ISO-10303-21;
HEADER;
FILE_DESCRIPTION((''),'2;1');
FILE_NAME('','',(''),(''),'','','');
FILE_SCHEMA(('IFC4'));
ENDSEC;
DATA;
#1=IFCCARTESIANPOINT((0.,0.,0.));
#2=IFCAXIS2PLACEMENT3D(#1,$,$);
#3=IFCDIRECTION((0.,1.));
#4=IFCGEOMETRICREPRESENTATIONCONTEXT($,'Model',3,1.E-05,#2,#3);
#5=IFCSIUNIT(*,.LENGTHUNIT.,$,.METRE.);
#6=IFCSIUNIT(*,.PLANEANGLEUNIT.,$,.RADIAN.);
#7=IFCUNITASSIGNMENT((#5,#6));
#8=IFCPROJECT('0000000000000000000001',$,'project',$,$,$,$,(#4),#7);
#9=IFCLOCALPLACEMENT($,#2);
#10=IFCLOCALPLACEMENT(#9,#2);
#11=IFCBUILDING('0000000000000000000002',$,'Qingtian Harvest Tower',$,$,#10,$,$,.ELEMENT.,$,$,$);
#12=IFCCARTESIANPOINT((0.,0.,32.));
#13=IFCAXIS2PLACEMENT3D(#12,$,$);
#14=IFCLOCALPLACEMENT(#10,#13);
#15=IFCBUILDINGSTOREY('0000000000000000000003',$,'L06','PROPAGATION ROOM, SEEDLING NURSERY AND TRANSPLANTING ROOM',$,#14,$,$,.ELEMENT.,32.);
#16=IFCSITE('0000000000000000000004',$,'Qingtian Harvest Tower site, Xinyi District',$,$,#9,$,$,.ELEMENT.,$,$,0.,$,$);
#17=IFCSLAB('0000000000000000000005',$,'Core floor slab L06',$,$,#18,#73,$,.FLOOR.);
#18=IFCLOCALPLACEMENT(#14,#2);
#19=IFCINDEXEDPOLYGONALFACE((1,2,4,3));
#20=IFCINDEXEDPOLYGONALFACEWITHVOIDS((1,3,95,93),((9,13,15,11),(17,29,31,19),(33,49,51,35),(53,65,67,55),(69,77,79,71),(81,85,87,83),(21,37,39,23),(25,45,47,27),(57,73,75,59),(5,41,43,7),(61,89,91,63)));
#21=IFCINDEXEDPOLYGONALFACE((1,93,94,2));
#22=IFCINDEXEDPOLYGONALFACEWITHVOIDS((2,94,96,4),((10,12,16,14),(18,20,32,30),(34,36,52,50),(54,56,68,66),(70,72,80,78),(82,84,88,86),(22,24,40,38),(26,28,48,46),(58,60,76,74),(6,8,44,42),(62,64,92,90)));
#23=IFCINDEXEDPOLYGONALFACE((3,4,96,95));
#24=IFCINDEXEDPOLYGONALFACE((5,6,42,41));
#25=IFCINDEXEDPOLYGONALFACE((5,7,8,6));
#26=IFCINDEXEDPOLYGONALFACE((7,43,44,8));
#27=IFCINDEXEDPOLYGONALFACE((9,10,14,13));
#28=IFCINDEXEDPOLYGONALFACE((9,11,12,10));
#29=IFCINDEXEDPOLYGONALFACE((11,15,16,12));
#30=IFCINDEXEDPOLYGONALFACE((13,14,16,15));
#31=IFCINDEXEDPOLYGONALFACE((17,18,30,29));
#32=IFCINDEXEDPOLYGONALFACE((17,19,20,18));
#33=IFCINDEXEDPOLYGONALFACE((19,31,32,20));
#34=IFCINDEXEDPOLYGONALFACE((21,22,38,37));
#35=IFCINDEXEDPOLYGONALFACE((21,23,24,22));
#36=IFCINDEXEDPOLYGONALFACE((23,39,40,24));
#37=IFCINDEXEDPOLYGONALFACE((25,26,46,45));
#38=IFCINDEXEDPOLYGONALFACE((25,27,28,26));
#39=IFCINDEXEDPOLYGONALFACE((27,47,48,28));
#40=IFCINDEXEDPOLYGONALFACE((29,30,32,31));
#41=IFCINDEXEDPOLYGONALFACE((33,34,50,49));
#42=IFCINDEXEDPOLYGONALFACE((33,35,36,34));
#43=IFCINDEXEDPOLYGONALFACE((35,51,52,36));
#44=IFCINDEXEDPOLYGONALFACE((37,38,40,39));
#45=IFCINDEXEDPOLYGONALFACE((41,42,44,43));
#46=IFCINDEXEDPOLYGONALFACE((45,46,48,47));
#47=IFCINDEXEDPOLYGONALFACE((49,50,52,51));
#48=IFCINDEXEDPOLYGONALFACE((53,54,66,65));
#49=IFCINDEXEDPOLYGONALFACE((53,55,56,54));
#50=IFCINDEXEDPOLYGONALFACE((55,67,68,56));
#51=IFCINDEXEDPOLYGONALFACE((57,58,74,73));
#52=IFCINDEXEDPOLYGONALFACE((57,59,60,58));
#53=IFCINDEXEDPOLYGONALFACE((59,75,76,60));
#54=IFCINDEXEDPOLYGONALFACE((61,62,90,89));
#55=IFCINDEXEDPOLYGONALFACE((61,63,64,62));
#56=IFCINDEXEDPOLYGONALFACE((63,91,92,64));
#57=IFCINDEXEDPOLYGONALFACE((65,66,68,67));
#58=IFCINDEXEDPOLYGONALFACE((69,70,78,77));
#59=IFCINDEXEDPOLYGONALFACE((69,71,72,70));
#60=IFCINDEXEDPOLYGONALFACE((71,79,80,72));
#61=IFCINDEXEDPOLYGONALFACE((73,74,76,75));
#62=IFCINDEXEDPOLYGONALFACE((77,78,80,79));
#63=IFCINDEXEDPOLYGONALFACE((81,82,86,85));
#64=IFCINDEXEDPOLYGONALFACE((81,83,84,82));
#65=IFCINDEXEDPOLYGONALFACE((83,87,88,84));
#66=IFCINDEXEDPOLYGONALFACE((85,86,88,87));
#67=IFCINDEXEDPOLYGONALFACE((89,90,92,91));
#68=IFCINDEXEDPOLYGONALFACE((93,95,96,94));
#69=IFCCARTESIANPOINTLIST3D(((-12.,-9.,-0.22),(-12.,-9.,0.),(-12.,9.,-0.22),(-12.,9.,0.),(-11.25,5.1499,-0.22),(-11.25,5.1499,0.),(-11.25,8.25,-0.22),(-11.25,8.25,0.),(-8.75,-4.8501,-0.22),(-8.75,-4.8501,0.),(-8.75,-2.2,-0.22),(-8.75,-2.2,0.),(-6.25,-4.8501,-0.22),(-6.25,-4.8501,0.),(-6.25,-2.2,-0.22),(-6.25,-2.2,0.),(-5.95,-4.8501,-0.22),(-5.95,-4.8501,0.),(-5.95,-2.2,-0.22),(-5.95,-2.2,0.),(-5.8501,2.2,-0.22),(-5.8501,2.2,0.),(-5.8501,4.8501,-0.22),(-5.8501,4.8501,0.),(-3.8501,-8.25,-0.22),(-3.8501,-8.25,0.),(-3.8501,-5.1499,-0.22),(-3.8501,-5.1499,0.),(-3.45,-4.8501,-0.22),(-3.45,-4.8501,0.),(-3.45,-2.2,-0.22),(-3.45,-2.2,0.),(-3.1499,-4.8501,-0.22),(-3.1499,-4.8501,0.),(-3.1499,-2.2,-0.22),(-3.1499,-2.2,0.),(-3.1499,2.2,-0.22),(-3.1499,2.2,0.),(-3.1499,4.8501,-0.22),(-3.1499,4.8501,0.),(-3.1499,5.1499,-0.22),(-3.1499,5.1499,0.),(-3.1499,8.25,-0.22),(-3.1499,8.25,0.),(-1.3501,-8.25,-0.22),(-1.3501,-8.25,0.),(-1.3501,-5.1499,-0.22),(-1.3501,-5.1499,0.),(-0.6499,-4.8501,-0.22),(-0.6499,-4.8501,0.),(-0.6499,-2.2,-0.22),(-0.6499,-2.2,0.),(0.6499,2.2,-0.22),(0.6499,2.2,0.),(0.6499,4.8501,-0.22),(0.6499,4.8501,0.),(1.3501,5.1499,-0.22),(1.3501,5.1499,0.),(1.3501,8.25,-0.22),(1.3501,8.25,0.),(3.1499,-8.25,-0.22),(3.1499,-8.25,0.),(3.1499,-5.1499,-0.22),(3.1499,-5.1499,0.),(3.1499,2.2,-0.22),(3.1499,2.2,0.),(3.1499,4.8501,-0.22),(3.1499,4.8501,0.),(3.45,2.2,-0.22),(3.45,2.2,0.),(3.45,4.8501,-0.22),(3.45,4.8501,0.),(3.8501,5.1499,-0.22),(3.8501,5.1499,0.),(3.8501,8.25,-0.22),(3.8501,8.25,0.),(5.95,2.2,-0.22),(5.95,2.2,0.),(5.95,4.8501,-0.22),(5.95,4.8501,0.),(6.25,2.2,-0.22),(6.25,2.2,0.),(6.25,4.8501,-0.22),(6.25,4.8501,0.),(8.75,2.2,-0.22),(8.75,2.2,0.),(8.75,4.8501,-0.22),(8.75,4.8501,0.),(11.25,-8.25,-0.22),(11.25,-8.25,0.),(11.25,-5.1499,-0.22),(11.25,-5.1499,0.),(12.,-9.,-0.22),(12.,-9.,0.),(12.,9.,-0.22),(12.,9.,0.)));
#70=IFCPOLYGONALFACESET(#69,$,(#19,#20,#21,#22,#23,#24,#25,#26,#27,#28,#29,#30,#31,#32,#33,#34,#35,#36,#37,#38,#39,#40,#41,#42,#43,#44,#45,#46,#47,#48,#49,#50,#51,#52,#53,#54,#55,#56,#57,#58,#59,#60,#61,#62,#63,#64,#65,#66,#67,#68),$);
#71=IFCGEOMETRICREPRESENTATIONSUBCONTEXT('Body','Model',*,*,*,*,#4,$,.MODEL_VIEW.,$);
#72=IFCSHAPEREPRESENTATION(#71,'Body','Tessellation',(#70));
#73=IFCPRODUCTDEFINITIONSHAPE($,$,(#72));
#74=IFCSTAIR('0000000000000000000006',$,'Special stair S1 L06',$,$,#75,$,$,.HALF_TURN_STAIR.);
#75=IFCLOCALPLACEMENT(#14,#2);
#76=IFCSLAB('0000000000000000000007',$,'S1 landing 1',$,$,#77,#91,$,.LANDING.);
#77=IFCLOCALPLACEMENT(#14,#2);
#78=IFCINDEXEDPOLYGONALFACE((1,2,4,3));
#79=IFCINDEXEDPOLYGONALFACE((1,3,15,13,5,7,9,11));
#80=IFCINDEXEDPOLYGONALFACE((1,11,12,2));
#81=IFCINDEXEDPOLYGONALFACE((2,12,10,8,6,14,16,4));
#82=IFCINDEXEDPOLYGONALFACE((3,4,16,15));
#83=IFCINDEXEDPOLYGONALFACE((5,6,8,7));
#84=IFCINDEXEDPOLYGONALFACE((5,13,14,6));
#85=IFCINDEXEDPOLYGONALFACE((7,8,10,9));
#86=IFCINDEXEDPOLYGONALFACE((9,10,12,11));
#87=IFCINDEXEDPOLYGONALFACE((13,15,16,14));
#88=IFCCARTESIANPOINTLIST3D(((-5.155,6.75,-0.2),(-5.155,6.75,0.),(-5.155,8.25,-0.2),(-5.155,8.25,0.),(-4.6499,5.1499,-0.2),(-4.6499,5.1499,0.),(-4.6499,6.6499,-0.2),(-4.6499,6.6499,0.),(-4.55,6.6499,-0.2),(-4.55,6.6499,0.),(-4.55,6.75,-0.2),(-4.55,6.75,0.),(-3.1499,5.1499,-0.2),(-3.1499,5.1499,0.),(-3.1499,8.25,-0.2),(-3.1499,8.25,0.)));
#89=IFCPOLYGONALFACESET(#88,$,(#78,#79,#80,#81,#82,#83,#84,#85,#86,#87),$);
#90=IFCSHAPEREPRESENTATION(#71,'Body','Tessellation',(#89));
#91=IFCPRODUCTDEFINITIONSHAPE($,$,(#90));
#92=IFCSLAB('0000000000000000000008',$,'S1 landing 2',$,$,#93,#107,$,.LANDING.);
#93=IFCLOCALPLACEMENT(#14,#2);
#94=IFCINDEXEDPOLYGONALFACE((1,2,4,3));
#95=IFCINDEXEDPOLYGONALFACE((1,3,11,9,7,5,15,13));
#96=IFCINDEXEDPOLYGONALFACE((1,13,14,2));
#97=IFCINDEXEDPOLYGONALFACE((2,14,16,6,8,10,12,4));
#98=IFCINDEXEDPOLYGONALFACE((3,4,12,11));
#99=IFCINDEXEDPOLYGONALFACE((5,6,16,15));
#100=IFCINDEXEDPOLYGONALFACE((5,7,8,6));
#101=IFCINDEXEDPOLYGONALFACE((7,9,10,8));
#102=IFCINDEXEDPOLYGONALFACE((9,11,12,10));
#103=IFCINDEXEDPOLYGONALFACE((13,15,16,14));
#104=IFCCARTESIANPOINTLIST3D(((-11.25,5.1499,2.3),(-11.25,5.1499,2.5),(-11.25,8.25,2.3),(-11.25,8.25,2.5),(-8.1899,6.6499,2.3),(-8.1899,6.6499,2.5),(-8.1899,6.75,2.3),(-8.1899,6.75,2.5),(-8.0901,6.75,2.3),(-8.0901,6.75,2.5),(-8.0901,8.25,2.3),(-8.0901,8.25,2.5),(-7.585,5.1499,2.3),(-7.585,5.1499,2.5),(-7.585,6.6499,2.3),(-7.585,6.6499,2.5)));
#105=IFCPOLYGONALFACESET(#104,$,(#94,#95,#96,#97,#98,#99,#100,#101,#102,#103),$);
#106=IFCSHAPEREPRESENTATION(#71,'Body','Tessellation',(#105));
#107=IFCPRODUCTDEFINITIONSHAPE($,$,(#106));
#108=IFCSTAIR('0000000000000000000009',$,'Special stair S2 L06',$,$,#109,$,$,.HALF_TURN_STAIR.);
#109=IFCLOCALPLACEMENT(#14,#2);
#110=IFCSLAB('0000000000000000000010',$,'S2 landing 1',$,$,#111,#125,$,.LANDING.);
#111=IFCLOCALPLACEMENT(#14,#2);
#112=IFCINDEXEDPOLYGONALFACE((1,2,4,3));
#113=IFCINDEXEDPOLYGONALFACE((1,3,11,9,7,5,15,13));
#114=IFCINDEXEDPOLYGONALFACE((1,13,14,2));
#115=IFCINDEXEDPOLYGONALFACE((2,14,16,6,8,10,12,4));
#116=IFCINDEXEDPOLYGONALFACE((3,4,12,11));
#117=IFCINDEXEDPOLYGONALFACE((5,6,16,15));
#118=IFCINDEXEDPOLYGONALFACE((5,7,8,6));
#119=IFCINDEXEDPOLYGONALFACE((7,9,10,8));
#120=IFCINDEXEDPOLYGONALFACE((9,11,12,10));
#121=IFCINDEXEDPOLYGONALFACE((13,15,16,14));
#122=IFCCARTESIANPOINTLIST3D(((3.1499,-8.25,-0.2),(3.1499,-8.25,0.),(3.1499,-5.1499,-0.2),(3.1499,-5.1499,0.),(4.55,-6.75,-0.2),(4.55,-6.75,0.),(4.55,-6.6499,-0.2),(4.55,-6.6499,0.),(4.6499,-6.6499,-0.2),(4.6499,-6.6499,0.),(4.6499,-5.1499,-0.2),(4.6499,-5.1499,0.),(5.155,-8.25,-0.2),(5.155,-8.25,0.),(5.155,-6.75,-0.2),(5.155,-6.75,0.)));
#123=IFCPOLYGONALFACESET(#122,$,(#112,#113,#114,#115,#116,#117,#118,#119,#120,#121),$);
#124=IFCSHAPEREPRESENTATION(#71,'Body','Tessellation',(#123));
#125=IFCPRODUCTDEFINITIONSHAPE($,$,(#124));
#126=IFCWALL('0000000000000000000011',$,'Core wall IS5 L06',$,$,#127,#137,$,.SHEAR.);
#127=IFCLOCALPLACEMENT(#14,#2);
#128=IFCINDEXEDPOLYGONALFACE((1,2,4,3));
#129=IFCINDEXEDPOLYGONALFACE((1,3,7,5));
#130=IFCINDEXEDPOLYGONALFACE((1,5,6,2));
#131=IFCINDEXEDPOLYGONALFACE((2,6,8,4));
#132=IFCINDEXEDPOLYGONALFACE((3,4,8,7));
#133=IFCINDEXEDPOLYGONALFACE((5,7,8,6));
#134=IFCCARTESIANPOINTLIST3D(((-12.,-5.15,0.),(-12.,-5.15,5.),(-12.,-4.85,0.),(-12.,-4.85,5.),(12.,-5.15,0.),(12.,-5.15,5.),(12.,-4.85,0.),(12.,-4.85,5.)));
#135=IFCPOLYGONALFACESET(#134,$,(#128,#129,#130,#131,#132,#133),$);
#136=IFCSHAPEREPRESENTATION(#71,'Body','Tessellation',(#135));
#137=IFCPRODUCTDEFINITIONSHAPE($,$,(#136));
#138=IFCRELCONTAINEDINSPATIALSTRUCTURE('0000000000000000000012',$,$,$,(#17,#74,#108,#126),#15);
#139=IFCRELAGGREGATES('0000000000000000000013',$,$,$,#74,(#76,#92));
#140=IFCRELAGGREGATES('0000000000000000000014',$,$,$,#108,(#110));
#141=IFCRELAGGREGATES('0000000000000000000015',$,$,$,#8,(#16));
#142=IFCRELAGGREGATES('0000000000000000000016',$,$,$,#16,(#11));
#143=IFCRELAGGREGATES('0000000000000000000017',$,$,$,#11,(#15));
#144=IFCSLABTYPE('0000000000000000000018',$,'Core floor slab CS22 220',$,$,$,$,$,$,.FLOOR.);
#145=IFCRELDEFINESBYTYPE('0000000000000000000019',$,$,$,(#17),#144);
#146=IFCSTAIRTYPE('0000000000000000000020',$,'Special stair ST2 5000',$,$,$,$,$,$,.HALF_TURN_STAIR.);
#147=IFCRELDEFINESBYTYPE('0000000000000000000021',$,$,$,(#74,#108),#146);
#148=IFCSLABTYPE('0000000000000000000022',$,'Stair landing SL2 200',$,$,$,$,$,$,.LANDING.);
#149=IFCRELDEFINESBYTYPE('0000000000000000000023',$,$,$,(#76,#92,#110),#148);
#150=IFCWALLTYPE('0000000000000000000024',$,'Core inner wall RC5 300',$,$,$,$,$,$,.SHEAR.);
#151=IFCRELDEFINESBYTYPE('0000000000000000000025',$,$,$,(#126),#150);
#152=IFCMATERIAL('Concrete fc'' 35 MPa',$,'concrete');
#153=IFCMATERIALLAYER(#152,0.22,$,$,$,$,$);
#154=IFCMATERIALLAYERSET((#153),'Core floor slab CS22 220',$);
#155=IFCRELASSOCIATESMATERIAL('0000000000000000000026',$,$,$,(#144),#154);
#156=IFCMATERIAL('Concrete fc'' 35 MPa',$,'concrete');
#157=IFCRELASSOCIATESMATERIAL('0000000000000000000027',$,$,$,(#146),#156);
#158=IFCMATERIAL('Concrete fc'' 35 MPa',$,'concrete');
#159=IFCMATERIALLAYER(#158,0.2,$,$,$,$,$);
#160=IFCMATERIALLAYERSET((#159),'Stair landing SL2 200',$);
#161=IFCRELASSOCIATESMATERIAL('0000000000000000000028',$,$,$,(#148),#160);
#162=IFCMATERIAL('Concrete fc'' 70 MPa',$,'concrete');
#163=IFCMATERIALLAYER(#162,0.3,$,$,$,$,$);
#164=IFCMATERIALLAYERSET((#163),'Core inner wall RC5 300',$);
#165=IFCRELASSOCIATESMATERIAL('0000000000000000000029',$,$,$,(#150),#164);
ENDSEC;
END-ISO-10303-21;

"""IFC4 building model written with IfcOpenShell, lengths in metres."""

from ifc_helpers import new_model, si_unit, direction, frame, frame_2d, origin, place, context, subcontext, project, spatial, polyline, rectangle, outline, extrude, material, layer, layer_set, type_object, element, aggregate, save


model = new_model("IFC4")

# Units and contexts
model_context = context("Model", 3, precision=1e-05, world=origin(), true_north=direction((0.0, 1.0)))
body_context = subcontext(model_context, "Body", "Model", "MODEL_VIEW")
ifc_project = project(units=[si_unit("LENGTHUNIT", "METRE"), si_unit("PLANEANGLEUNIT", "RADIAN")], contexts=[model_context])

# Site, building, storey
site_placement = place(None, origin())
site = spatial("IfcSite", under=ifc_project, at=site_placement, Name="Qingtian Harvest Tower site, Xinyi District", CompositionType="ELEMENT", RefElevation=0.0)
building_placement = place(site_placement, origin())
building = spatial("IfcBuilding", under=site, at=building_placement, Name="Qingtian Harvest Tower", CompositionType="ELEMENT")
storey_placement = place(building_placement, frame((0.0, 0.0, 32.0)))
storey = spatial("IfcBuildingStorey", under=building, at=storey_placement, Name="L06", Description="PROPAGATION ROOM, SEEDLING NURSERY AND TRANSPLANTING ROOM", CompositionType="ELEMENT", Elevation=32.0)

# Slab
ifc_material_1 = material(Name="Concrete fc' 35 MPa", Category="concrete")
ifc_layer_1 = layer(ifc_material_1, 0.22)
ifc_layer_set_1 = layer_set([ifc_layer_1], Name="Core floor slab CS22 220")
slab_type_1 = type_object("IfcSlabType", Name="Core floor slab CS22 220", PredefinedType="FLOOR", material=ifc_layer_set_1)
slab_1_placement = place(storey_placement, frame((0.0, 0.0, -0.22)))
element("IfcSlab", 1, at=slab_1_placement, inside=storey, type_object=slab_type_1, Name="Core floor slab L06", PredefinedType="FLOOR", context=body_context, shape_type="SweptSolid", body=[
    extrude(outline(polyline([(-12.0, -9.0), (12.0, -9.0), (12.0, 9.0), (-12.0, 9.0), (-12.0, -9.0)]), holes=[polyline([(-11.25, 5.1499), (-3.1499, 5.1499), (-3.1499, 8.25), (-11.25, 8.25), (-11.25, 5.1499)]), polyline([(3.1499, -8.25), (11.25, -8.25), (11.25, -5.1499), (3.1499, -5.1499), (3.1499, -8.25)]), polyline([(1.3501, 5.1499), (3.8501, 5.1499), (3.8501, 8.25), (1.3501, 8.25), (1.3501, 5.1499)]), polyline([(-3.8501, -8.25), (-1.3501, -8.25), (-1.3501, -5.1499), (-3.8501, -5.1499), (-3.8501, -8.25)]), polyline([(-5.8501, 2.2), (-3.1499, 2.2), (-3.1499, 4.8501), (-5.8501, 4.8501), (-5.8501, 2.2)]), polyline([(0.6499, 2.2), (3.1499, 2.2), (3.1499, 4.8501), (0.6499, 4.8501), (0.6499, 2.2)]), polyline([(3.45, 2.2), (5.95, 2.2), (5.95, 4.8501), (3.45, 4.8501), (3.45, 2.2)]), polyline([(6.25, 2.2), (8.75, 2.2), (8.75, 4.8501), (6.25, 4.8501), (6.25, 2.2)]), polyline([(-8.75, -4.8501), (-6.25, -4.8501), (-6.25, -2.2), (-8.75, -2.2), (-8.75, -4.8501)]), polyline([(-5.95, -4.8501), (-3.45, -4.8501), (-3.45, -2.2), (-5.95, -2.2), (-5.95, -4.8501)]), polyline([(-3.1499, -4.8501), (-0.6499, -4.8501), (-0.6499, -2.2), (-3.1499, -2.2), (-3.1499, -4.8501)])]), origin(), (0.0, 0.0, 1.0), 0.22),
])

# Stair, slabs
ifc_material_2 = material(Name="Concrete fc' 35 MPa", Category="concrete")
stair_type = type_object("IfcStairType", Name="Special stair ST2 5000", PredefinedType="HALF_TURN_STAIR", material=ifc_material_2)
stair_1_placement = place(storey_placement, origin())
stair_1 = element("IfcStair", 2, at=stair_1_placement, inside=storey, type_object=stair_type, Name="Special stair S1 L06", PredefinedType="HALF_TURN_STAIR")
ifc_material_3 = material(Name="Concrete fc' 35 MPa", Category="concrete")
ifc_layer_2 = layer(ifc_material_3, 0.2)
ifc_layer_set_2 = layer_set([ifc_layer_2], Name="Stair landing SL2 200")
slab_type_2 = type_object("IfcSlabType", Name="Stair landing SL2 200", PredefinedType="LANDING", material=ifc_layer_set_2)
slab_2_placement = place(storey_placement, frame((0.0, 0.0, -0.2)))
slab_2 = element("IfcSlab", 3, at=slab_2_placement, type_object=slab_type_2, Name="S1 landing 1", PredefinedType="LANDING", context=body_context, shape_type="SweptSolid", body=[
    extrude(outline(polyline([(-4.6499, 5.1499), (-4.6499, 6.6499), (-4.55, 6.6499), (-4.55, 6.75), (-5.155, 6.75), (-5.155, 8.25), (-3.1499, 8.25), (-3.1499, 5.1499), (-4.6499, 5.1499)])), origin(), (0.0, 0.0, 1.0), 0.2),
])
slab_3_placement = place(storey_placement, frame((0.0, 0.0, 2.3)))
slab_3 = element("IfcSlab", 4, at=slab_3_placement, type_object=slab_type_2, Name="S1 landing 2", PredefinedType="LANDING", context=body_context, shape_type="SweptSolid", body=[
    extrude(outline(polyline([(-7.585, 5.1499), (-11.25, 5.1499), (-11.25, 8.25), (-8.0901, 8.25), (-8.0901, 6.75), (-8.1899, 6.75), (-8.1899, 6.6499), (-7.585, 6.6499), (-7.585, 5.1499)])), origin(), (0.0, 0.0, 1.0), 0.2),
])
aggregate(stair_1, [slab_2, slab_3])

# Stair, slab
stair_2_placement = place(storey_placement, origin())
stair_2 = element("IfcStair", 5, at=stair_2_placement, inside=storey, type_object=stair_type, Name="Special stair S2 L06", PredefinedType="HALF_TURN_STAIR")
slab_4_placement = place(storey_placement, frame((0.0, 0.0, -0.2)))
slab_4 = element("IfcSlab", 6, at=slab_4_placement, type_object=slab_type_2, Name="S2 landing 1", PredefinedType="LANDING", context=body_context, shape_type="SweptSolid", body=[
    extrude(outline(polyline([(5.155, -8.25), (3.1499, -8.25), (3.1499, -5.1499), (4.6499, -5.1499), (4.6499, -6.6499), (4.55, -6.6499), (4.55, -6.75), (5.155, -6.75), (5.155, -8.25)])), origin(), (0.0, 0.0, 1.0), 0.2),
])
aggregate(stair_2, [slab_4])

# Wall
ifc_material_4 = material(Name="Concrete fc' 70 MPa", Category="concrete")
ifc_layer_3 = layer(ifc_material_4, 0.3)
ifc_layer_set_3 = layer_set([ifc_layer_3], Name="Core inner wall RC5 300")
wall_type_1 = type_object("IfcWallType", Name="Core inner wall RC5 300", PredefinedType="SHEAR", material=ifc_layer_set_3)
wall_1_placement = place(storey_placement, frame((-12.0, -5.0, 0.0), z_axis=(0.0, 0.0, 1.0), x_axis=(1.0, 0.0, 0.0)))
element("IfcWall", 7, at=wall_1_placement, inside=storey, type_object=wall_type_1, Name="Core wall IS5 L06", PredefinedType="SHEAR", context=body_context, shape_type="SweptSolid", body=[
    extrude(rectangle(XDim=24.0, YDim=0.3, at=frame_2d((12.0, 0.0))), origin(), (0.0, 0.0, 1.0), 5.0),
])

save(model, "model.ifc")
